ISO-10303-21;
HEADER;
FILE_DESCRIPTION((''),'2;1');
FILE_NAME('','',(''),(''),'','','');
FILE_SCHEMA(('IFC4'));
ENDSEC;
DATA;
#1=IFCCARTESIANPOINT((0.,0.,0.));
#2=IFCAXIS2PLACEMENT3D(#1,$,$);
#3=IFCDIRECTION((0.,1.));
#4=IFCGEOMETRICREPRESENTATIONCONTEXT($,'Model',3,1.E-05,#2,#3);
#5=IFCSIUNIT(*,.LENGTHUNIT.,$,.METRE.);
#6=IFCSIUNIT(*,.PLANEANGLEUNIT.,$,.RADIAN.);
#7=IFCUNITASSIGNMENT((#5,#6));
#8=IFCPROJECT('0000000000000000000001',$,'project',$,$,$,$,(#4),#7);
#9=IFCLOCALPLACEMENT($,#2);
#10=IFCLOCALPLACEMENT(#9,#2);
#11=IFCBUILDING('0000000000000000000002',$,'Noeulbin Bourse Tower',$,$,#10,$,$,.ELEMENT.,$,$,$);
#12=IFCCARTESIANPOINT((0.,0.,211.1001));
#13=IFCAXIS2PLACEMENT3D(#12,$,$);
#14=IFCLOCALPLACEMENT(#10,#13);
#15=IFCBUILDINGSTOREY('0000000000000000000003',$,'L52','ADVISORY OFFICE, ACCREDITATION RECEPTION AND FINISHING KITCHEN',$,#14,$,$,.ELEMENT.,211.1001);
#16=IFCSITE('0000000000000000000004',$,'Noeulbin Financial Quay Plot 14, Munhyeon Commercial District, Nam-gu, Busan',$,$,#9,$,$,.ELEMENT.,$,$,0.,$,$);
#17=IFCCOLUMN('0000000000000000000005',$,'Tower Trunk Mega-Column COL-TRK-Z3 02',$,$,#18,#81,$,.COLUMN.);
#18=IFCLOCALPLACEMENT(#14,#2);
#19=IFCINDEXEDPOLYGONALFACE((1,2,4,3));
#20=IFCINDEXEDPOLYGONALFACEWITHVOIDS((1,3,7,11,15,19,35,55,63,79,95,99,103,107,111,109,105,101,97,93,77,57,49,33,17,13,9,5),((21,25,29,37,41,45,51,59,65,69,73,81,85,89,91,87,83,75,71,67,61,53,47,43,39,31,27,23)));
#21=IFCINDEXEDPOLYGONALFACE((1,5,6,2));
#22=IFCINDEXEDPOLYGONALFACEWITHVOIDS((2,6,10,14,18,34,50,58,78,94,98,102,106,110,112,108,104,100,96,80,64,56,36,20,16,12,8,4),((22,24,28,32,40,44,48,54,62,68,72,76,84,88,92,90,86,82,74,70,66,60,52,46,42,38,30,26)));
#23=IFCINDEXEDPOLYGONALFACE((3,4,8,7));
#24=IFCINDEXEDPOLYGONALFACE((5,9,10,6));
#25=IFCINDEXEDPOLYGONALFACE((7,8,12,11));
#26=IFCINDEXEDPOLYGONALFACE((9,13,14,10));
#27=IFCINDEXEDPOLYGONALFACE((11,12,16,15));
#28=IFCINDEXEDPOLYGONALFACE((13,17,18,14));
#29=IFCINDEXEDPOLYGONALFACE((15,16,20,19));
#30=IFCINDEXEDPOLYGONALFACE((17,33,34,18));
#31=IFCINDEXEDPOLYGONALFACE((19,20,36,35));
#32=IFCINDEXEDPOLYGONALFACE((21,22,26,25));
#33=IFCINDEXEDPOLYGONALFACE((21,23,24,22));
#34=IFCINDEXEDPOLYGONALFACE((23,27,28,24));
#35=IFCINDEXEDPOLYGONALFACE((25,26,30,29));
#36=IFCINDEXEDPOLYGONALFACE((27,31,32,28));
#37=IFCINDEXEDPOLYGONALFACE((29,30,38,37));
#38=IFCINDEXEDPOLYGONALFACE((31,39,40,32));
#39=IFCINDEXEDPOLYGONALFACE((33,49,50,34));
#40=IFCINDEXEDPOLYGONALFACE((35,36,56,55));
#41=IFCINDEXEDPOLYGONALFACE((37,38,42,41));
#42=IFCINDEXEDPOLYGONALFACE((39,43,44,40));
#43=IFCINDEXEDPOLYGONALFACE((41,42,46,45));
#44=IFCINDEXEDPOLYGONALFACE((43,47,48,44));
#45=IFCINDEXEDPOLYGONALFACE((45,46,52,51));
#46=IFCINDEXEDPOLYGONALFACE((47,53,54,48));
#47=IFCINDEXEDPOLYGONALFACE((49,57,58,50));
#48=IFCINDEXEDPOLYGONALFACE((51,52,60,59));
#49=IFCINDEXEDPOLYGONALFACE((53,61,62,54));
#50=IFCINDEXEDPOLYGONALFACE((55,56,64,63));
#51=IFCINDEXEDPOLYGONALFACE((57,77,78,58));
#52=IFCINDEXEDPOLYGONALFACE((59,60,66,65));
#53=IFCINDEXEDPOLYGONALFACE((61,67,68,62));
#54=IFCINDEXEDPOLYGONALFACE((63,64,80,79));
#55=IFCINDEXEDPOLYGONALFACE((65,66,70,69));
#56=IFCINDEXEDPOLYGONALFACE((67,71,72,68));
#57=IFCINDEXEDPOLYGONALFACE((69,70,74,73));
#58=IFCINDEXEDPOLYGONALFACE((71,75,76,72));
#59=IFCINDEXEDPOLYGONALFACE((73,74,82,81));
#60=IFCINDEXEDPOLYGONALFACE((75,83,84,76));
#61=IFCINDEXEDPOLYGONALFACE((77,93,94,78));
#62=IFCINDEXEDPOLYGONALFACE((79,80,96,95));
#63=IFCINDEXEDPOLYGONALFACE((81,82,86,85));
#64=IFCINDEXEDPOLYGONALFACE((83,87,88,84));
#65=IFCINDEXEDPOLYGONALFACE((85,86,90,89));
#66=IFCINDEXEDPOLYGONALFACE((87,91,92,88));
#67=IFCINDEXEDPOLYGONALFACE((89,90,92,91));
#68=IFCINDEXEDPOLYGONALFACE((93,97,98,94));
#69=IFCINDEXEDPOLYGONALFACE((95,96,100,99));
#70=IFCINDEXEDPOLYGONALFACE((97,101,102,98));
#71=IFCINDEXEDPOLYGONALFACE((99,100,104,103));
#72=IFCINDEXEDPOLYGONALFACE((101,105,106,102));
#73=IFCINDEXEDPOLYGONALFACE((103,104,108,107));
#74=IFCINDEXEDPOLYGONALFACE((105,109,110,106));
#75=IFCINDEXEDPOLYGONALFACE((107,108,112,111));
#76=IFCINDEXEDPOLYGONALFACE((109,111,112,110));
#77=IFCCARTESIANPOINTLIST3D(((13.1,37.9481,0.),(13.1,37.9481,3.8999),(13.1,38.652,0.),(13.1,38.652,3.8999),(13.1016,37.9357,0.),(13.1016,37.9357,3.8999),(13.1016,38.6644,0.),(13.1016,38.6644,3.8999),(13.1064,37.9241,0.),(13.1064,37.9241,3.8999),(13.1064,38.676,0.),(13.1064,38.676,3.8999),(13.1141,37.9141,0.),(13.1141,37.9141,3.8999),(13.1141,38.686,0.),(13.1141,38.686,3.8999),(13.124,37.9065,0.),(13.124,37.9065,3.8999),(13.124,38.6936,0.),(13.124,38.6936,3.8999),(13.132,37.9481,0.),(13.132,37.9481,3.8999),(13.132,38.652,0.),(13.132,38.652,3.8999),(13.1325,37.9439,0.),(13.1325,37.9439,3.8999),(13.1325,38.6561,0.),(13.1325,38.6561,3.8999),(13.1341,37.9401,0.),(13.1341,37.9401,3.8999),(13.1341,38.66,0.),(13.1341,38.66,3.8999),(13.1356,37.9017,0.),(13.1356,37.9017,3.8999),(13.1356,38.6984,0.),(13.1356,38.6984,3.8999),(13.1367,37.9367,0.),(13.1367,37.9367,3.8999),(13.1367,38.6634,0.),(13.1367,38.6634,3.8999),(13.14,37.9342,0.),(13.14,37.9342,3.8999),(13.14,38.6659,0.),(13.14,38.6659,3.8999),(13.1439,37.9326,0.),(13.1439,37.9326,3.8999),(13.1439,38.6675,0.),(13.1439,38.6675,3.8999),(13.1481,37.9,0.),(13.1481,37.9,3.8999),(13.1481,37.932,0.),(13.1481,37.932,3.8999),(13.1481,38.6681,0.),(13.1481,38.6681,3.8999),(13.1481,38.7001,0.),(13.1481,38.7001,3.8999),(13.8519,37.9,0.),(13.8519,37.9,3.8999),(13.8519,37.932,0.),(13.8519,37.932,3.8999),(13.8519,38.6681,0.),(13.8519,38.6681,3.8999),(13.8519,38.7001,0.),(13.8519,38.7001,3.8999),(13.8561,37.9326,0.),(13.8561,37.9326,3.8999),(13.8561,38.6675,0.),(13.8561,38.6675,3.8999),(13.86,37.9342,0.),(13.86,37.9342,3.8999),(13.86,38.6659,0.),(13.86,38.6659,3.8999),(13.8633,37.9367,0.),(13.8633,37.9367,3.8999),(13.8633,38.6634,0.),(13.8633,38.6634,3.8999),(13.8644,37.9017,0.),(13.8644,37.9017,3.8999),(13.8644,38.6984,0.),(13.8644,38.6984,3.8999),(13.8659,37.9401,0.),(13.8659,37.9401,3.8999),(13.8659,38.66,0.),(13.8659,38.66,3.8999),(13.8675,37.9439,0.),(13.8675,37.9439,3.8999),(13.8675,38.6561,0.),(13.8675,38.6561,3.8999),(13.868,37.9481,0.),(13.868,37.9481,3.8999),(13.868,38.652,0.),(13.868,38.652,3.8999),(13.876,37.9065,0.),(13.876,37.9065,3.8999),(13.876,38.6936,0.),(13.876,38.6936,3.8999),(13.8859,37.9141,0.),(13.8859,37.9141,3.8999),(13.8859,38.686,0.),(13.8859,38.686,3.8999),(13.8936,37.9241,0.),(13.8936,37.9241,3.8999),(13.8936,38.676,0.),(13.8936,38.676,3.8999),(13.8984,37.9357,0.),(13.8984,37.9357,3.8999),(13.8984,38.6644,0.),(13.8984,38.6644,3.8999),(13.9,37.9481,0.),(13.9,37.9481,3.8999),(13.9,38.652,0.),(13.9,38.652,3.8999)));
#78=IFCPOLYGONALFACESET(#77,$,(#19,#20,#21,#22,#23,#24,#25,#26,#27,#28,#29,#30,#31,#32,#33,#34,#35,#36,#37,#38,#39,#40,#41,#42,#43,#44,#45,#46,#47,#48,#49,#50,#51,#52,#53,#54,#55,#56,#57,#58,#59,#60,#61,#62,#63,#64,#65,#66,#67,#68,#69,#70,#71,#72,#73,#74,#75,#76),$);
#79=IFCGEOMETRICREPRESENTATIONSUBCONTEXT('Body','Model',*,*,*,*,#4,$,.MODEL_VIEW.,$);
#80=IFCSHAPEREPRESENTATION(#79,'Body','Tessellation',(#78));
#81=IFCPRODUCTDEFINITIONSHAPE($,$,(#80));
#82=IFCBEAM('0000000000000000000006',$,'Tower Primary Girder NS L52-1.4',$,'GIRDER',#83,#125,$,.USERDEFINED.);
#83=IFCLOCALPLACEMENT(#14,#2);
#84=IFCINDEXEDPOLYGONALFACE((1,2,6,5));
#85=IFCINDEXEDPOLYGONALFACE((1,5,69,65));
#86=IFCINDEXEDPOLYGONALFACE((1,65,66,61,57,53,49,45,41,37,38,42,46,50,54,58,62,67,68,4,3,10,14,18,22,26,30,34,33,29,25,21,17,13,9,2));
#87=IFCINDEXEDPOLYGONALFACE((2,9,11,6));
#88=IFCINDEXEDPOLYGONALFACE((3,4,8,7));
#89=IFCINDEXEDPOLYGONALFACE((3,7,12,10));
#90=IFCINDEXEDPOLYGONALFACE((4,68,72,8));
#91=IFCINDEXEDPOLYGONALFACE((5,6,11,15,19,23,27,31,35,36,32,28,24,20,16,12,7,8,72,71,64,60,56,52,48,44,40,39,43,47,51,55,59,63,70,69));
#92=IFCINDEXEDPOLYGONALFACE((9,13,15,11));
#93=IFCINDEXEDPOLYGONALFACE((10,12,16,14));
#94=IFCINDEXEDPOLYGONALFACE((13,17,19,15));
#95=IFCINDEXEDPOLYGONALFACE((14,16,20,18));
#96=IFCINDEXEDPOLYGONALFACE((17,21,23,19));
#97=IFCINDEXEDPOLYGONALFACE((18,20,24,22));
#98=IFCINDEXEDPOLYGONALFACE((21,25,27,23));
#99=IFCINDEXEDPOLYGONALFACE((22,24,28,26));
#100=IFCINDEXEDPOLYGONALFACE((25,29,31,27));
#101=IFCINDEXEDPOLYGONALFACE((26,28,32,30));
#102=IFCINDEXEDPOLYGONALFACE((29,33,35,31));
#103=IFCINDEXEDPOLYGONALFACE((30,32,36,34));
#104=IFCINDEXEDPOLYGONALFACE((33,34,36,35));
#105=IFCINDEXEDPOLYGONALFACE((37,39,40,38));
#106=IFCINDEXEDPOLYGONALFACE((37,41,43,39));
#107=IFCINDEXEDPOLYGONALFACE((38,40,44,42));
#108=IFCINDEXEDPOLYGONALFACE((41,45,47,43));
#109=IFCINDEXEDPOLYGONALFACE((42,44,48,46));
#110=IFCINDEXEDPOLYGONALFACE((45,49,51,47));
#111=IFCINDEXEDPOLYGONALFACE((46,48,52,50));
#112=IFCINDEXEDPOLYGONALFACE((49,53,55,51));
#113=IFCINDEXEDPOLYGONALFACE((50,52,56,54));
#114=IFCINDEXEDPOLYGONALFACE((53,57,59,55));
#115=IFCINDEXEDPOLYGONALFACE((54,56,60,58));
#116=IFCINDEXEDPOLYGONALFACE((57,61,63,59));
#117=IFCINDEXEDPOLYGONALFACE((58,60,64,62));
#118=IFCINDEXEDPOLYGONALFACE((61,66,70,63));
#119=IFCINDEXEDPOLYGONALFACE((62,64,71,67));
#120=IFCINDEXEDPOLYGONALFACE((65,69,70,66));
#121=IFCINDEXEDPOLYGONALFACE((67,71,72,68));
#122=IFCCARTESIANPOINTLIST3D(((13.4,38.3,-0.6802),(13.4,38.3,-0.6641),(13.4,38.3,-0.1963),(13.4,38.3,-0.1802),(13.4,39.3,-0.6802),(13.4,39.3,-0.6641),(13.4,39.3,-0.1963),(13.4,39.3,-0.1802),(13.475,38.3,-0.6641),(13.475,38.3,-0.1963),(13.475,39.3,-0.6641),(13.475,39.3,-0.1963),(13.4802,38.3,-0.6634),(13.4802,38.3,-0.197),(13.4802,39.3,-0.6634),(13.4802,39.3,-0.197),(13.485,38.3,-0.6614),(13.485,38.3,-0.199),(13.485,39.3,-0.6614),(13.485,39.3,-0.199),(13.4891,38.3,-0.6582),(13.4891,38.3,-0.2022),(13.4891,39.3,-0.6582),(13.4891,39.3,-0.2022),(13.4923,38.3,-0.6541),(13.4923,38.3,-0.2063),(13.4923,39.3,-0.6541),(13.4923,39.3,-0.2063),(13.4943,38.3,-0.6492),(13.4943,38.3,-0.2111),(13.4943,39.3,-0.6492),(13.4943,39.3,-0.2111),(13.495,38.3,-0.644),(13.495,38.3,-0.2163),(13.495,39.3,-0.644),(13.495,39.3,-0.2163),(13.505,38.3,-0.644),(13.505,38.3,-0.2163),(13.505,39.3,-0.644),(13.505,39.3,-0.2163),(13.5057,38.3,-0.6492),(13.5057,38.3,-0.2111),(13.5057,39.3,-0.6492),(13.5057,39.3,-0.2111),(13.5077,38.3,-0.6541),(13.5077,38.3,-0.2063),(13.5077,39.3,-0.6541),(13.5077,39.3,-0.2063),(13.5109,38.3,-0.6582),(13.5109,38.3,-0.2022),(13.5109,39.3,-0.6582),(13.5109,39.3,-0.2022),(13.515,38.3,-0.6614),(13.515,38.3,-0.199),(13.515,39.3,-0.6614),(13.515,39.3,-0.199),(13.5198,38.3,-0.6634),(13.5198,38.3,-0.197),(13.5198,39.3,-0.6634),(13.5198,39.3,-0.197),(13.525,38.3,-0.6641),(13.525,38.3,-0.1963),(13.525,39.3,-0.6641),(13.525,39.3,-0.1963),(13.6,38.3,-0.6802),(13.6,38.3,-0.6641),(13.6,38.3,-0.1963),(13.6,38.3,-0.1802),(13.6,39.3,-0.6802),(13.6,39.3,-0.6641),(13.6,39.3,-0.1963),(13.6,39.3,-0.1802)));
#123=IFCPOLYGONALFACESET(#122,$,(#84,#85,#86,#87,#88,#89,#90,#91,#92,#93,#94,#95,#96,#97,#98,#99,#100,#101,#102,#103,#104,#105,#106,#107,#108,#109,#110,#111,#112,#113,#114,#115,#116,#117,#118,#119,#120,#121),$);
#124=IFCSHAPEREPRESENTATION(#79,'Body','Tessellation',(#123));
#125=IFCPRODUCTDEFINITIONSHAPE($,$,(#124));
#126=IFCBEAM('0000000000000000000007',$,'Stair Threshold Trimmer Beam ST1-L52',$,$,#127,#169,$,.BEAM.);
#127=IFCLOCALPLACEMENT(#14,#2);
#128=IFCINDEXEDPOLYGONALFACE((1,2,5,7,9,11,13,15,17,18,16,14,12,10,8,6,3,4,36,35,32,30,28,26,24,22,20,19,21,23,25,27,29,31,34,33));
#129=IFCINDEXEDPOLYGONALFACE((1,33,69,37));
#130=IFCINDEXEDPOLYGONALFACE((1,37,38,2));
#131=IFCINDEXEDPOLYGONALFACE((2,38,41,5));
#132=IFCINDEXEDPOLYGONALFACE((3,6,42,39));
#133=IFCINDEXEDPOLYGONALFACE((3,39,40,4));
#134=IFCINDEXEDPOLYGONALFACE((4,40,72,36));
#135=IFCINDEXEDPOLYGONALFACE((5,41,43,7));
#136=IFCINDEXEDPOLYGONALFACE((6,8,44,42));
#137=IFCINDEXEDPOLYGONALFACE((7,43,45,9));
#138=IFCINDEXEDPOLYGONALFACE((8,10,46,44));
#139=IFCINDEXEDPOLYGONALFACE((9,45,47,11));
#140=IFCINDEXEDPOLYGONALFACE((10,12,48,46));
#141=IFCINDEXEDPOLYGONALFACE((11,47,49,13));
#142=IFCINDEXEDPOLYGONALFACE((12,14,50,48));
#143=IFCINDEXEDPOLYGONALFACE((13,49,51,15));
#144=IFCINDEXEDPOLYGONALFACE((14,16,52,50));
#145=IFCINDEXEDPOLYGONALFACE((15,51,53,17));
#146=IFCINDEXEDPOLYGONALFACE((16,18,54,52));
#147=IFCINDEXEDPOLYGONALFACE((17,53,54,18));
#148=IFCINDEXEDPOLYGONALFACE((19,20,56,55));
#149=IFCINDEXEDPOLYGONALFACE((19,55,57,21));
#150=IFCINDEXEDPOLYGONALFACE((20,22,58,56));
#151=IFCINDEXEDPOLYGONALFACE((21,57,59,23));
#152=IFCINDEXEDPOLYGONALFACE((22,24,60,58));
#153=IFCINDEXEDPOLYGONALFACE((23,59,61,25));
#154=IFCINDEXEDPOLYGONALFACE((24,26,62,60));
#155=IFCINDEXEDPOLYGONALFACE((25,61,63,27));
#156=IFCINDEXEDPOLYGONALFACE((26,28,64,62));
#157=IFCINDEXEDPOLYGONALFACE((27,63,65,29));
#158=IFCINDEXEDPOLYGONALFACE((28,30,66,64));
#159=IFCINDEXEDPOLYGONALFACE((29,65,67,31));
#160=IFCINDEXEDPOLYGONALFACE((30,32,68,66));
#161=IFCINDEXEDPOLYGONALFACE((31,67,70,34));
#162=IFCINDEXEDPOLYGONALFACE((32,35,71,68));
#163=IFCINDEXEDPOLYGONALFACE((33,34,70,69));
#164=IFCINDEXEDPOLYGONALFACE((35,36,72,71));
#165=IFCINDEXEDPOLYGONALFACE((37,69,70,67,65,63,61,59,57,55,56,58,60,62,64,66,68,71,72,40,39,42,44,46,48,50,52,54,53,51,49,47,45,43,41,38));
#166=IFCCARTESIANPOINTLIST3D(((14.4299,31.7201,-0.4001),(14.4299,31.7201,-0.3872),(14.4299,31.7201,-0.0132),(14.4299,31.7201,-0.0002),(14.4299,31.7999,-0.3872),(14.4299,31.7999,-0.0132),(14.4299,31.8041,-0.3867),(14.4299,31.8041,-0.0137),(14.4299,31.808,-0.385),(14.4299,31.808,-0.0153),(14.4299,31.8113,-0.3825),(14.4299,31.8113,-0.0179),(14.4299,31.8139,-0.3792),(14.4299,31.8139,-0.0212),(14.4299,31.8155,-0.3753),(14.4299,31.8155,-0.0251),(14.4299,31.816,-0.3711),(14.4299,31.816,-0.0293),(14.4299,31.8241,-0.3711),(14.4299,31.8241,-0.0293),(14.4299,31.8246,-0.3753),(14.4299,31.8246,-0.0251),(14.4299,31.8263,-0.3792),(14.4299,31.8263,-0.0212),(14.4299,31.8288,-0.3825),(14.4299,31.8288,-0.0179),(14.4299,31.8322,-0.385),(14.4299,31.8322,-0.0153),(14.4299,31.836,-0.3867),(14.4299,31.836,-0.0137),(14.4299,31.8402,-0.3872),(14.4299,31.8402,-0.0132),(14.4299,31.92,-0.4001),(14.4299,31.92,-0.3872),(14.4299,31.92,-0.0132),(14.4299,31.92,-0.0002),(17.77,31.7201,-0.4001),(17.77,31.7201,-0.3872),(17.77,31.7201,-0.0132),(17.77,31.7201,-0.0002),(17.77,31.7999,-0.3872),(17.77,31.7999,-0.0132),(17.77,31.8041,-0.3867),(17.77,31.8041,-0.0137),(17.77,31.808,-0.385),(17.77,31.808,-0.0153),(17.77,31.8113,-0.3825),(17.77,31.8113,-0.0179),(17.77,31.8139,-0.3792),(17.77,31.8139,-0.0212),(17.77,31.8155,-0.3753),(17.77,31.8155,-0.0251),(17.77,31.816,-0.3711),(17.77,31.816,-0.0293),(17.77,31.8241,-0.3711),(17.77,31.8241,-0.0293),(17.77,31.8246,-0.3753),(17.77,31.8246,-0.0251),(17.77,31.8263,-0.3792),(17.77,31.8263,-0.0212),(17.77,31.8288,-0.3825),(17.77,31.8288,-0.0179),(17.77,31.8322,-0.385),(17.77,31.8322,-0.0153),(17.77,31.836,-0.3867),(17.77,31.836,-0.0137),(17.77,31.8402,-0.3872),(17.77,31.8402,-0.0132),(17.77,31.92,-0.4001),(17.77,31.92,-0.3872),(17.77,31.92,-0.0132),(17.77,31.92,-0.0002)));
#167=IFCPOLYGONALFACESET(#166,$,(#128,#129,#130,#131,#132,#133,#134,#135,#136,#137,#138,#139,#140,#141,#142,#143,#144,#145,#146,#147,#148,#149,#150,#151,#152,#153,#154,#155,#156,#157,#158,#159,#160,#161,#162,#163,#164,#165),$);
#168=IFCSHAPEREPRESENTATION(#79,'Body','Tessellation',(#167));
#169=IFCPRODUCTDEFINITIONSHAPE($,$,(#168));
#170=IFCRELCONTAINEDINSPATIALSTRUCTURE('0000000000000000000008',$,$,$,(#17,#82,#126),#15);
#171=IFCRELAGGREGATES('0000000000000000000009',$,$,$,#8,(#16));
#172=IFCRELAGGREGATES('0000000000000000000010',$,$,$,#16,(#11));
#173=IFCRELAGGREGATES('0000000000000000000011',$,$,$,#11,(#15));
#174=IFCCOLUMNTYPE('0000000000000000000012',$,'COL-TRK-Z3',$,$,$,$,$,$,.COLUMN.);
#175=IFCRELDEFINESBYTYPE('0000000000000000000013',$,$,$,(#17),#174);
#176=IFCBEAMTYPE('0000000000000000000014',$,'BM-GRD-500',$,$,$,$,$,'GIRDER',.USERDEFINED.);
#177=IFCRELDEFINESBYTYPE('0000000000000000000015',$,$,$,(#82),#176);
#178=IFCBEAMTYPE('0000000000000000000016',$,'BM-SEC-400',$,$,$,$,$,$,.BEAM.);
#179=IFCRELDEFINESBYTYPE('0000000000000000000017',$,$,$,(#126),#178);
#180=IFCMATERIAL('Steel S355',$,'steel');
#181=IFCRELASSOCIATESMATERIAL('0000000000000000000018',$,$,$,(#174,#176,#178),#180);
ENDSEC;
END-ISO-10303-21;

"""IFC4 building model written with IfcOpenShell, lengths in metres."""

from ifc_helpers import new_model, si_unit, direction, frame, origin, origin_2d, place, context, subcontext, project, spatial, hollow_rectangle, i_section, extrude, material, material_profile, profile_set, type_object, element, save


model = new_model("IFC4")

# Units and contexts
model_context = context("Model", 3, precision=1e-05, world=origin(), true_north=direction((0.0, 1.0)))
body_context = subcontext(model_context, "Body", "Model", "MODEL_VIEW")
ifc_project = project(units=[si_unit("LENGTHUNIT", "METRE"), si_unit("PLANEANGLEUNIT", "RADIAN")], contexts=[model_context])

# Site, building, storey
site_placement = place(None, origin())
site = spatial("IfcSite", under=ifc_project, at=site_placement, Name="Noeulbin Financial Quay Plot 14, Munhyeon Commercial District, Nam-gu, Busan", CompositionType="ELEMENT", RefElevation=0.0)
building_placement = place(site_placement, origin())
building = spatial("IfcBuilding", under=site, at=building_placement, Name="Noeulbin Bourse Tower", CompositionType="ELEMENT")
storey_placement = place(building_placement, frame((0.0, 0.0, 211.1001)))
storey = spatial("IfcBuildingStorey", under=building, at=storey_placement, Name="L52", Description="ADVISORY OFFICE, ACCREDITATION RECEPTION AND FINISHING KITCHEN", CompositionType="ELEMENT", Elevation=211.1001)

# Column
ifc_material_1 = material(Name="Steel S355", Category="steel")
ifc_material_profile_1 = material_profile(ifc_material_1, hollow_rectangle(XDim=0.8, YDim=0.8, WallThickness=0.032, InnerFilletRadius=0.0161, OuterFilletRadius=0.0481, at=origin_2d()), Name="BOX-800x800x32", Category="LoadBearing")
ifc_profile_set_1 = profile_set([ifc_material_profile_1], Name="Steel S355")
column_type = type_object("IfcColumnType", Name="COL-TRK-Z3", PredefinedType="COLUMN", material=ifc_profile_set_1)
column_placement = place(storey_placement, frame((13.5, 38.3, 0.0), z_axis=(0.0, 0.0, 1.0), x_axis=(1.0, 0.0, 0.0)))
element("IfcColumn", 1, at=column_placement, inside=storey, type_object=column_type, Name="Tower Trunk Mega-Column COL-TRK-Z3 02", PredefinedType="COLUMN", context=body_context, shape_type="SweptSolid", body=[
    extrude(hollow_rectangle(XDim=0.8, YDim=0.8, WallThickness=0.032, InnerFilletRadius=0.0161, OuterFilletRadius=0.0481, at=origin_2d()), origin(), (0.0, 0.0, 1.0), 3.8999),
])

# Beams
ifc_material_profile_2 = material_profile(ifc_material_1, i_section(OverallWidth=0.2, OverallDepth=0.5, WebThickness=0.01, FlangeThickness=0.0161, FilletRadius=0.02, at=origin_2d()), Name="H-500x200x10x16", Category="LoadBearing")
ifc_profile_set_2 = profile_set([ifc_material_profile_2], Name="Steel S355")
beam_type_1 = type_object("IfcBeamType", Name="BM-GRD-500", ElementType="GIRDER", PredefinedType="USERDEFINED", material=ifc_profile_set_2)
beam_1_placement = place(storey_placement, frame((13.5, 38.3, -0.4302), z_axis=(0.0, 1.0, 0.0), x_axis=(-1.0, 0.0, 0.0)))
element("IfcBeam", 2, at=beam_1_placement, inside=storey, type_object=beam_type_1, Name="Tower Primary Girder NS L52-1.4", ObjectType="GIRDER", PredefinedType="USERDEFINED", context=body_context, shape_type="SweptSolid", body=[
    extrude(i_section(OverallWidth=0.2, OverallDepth=0.5, WebThickness=0.01, FlangeThickness=0.0161, FilletRadius=0.02, at=origin_2d()), origin(), (0.0, 0.0, 1.0), 1.0),
])
ifc_material_profile_3 = material_profile(ifc_material_1, i_section(OverallWidth=0.2, OverallDepth=0.3999, WebThickness=0.0081, FlangeThickness=0.0129, FilletRadius=0.0161, at=origin_2d()), Name="H-400x200x8x13", Category="LoadBearing")
ifc_profile_set_3 = profile_set([ifc_material_profile_3], Name="Steel S355")
beam_type_2 = type_object("IfcBeamType", Name="BM-SEC-400", PredefinedType="BEAM", material=ifc_profile_set_3)
beam_2_placement = place(storey_placement, frame((14.4299, 31.8201, -0.2002), z_axis=(1.0, 0.0, 0.0), x_axis=(0.0, 1.0, 0.0)))
element("IfcBeam", 3, at=beam_2_placement, inside=storey, type_object=beam_type_2, Name="Stair Threshold Trimmer Beam ST1-L52", PredefinedType="BEAM", context=body_context, shape_type="SweptSolid", body=[
    extrude(i_section(OverallWidth=0.2, OverallDepth=0.3999, WebThickness=0.0081, FlangeThickness=0.0129, FilletRadius=0.0161, at=origin_2d()), origin(), (0.0, 0.0, 1.0), 3.3401),
])

save(model, "model.ifc")
